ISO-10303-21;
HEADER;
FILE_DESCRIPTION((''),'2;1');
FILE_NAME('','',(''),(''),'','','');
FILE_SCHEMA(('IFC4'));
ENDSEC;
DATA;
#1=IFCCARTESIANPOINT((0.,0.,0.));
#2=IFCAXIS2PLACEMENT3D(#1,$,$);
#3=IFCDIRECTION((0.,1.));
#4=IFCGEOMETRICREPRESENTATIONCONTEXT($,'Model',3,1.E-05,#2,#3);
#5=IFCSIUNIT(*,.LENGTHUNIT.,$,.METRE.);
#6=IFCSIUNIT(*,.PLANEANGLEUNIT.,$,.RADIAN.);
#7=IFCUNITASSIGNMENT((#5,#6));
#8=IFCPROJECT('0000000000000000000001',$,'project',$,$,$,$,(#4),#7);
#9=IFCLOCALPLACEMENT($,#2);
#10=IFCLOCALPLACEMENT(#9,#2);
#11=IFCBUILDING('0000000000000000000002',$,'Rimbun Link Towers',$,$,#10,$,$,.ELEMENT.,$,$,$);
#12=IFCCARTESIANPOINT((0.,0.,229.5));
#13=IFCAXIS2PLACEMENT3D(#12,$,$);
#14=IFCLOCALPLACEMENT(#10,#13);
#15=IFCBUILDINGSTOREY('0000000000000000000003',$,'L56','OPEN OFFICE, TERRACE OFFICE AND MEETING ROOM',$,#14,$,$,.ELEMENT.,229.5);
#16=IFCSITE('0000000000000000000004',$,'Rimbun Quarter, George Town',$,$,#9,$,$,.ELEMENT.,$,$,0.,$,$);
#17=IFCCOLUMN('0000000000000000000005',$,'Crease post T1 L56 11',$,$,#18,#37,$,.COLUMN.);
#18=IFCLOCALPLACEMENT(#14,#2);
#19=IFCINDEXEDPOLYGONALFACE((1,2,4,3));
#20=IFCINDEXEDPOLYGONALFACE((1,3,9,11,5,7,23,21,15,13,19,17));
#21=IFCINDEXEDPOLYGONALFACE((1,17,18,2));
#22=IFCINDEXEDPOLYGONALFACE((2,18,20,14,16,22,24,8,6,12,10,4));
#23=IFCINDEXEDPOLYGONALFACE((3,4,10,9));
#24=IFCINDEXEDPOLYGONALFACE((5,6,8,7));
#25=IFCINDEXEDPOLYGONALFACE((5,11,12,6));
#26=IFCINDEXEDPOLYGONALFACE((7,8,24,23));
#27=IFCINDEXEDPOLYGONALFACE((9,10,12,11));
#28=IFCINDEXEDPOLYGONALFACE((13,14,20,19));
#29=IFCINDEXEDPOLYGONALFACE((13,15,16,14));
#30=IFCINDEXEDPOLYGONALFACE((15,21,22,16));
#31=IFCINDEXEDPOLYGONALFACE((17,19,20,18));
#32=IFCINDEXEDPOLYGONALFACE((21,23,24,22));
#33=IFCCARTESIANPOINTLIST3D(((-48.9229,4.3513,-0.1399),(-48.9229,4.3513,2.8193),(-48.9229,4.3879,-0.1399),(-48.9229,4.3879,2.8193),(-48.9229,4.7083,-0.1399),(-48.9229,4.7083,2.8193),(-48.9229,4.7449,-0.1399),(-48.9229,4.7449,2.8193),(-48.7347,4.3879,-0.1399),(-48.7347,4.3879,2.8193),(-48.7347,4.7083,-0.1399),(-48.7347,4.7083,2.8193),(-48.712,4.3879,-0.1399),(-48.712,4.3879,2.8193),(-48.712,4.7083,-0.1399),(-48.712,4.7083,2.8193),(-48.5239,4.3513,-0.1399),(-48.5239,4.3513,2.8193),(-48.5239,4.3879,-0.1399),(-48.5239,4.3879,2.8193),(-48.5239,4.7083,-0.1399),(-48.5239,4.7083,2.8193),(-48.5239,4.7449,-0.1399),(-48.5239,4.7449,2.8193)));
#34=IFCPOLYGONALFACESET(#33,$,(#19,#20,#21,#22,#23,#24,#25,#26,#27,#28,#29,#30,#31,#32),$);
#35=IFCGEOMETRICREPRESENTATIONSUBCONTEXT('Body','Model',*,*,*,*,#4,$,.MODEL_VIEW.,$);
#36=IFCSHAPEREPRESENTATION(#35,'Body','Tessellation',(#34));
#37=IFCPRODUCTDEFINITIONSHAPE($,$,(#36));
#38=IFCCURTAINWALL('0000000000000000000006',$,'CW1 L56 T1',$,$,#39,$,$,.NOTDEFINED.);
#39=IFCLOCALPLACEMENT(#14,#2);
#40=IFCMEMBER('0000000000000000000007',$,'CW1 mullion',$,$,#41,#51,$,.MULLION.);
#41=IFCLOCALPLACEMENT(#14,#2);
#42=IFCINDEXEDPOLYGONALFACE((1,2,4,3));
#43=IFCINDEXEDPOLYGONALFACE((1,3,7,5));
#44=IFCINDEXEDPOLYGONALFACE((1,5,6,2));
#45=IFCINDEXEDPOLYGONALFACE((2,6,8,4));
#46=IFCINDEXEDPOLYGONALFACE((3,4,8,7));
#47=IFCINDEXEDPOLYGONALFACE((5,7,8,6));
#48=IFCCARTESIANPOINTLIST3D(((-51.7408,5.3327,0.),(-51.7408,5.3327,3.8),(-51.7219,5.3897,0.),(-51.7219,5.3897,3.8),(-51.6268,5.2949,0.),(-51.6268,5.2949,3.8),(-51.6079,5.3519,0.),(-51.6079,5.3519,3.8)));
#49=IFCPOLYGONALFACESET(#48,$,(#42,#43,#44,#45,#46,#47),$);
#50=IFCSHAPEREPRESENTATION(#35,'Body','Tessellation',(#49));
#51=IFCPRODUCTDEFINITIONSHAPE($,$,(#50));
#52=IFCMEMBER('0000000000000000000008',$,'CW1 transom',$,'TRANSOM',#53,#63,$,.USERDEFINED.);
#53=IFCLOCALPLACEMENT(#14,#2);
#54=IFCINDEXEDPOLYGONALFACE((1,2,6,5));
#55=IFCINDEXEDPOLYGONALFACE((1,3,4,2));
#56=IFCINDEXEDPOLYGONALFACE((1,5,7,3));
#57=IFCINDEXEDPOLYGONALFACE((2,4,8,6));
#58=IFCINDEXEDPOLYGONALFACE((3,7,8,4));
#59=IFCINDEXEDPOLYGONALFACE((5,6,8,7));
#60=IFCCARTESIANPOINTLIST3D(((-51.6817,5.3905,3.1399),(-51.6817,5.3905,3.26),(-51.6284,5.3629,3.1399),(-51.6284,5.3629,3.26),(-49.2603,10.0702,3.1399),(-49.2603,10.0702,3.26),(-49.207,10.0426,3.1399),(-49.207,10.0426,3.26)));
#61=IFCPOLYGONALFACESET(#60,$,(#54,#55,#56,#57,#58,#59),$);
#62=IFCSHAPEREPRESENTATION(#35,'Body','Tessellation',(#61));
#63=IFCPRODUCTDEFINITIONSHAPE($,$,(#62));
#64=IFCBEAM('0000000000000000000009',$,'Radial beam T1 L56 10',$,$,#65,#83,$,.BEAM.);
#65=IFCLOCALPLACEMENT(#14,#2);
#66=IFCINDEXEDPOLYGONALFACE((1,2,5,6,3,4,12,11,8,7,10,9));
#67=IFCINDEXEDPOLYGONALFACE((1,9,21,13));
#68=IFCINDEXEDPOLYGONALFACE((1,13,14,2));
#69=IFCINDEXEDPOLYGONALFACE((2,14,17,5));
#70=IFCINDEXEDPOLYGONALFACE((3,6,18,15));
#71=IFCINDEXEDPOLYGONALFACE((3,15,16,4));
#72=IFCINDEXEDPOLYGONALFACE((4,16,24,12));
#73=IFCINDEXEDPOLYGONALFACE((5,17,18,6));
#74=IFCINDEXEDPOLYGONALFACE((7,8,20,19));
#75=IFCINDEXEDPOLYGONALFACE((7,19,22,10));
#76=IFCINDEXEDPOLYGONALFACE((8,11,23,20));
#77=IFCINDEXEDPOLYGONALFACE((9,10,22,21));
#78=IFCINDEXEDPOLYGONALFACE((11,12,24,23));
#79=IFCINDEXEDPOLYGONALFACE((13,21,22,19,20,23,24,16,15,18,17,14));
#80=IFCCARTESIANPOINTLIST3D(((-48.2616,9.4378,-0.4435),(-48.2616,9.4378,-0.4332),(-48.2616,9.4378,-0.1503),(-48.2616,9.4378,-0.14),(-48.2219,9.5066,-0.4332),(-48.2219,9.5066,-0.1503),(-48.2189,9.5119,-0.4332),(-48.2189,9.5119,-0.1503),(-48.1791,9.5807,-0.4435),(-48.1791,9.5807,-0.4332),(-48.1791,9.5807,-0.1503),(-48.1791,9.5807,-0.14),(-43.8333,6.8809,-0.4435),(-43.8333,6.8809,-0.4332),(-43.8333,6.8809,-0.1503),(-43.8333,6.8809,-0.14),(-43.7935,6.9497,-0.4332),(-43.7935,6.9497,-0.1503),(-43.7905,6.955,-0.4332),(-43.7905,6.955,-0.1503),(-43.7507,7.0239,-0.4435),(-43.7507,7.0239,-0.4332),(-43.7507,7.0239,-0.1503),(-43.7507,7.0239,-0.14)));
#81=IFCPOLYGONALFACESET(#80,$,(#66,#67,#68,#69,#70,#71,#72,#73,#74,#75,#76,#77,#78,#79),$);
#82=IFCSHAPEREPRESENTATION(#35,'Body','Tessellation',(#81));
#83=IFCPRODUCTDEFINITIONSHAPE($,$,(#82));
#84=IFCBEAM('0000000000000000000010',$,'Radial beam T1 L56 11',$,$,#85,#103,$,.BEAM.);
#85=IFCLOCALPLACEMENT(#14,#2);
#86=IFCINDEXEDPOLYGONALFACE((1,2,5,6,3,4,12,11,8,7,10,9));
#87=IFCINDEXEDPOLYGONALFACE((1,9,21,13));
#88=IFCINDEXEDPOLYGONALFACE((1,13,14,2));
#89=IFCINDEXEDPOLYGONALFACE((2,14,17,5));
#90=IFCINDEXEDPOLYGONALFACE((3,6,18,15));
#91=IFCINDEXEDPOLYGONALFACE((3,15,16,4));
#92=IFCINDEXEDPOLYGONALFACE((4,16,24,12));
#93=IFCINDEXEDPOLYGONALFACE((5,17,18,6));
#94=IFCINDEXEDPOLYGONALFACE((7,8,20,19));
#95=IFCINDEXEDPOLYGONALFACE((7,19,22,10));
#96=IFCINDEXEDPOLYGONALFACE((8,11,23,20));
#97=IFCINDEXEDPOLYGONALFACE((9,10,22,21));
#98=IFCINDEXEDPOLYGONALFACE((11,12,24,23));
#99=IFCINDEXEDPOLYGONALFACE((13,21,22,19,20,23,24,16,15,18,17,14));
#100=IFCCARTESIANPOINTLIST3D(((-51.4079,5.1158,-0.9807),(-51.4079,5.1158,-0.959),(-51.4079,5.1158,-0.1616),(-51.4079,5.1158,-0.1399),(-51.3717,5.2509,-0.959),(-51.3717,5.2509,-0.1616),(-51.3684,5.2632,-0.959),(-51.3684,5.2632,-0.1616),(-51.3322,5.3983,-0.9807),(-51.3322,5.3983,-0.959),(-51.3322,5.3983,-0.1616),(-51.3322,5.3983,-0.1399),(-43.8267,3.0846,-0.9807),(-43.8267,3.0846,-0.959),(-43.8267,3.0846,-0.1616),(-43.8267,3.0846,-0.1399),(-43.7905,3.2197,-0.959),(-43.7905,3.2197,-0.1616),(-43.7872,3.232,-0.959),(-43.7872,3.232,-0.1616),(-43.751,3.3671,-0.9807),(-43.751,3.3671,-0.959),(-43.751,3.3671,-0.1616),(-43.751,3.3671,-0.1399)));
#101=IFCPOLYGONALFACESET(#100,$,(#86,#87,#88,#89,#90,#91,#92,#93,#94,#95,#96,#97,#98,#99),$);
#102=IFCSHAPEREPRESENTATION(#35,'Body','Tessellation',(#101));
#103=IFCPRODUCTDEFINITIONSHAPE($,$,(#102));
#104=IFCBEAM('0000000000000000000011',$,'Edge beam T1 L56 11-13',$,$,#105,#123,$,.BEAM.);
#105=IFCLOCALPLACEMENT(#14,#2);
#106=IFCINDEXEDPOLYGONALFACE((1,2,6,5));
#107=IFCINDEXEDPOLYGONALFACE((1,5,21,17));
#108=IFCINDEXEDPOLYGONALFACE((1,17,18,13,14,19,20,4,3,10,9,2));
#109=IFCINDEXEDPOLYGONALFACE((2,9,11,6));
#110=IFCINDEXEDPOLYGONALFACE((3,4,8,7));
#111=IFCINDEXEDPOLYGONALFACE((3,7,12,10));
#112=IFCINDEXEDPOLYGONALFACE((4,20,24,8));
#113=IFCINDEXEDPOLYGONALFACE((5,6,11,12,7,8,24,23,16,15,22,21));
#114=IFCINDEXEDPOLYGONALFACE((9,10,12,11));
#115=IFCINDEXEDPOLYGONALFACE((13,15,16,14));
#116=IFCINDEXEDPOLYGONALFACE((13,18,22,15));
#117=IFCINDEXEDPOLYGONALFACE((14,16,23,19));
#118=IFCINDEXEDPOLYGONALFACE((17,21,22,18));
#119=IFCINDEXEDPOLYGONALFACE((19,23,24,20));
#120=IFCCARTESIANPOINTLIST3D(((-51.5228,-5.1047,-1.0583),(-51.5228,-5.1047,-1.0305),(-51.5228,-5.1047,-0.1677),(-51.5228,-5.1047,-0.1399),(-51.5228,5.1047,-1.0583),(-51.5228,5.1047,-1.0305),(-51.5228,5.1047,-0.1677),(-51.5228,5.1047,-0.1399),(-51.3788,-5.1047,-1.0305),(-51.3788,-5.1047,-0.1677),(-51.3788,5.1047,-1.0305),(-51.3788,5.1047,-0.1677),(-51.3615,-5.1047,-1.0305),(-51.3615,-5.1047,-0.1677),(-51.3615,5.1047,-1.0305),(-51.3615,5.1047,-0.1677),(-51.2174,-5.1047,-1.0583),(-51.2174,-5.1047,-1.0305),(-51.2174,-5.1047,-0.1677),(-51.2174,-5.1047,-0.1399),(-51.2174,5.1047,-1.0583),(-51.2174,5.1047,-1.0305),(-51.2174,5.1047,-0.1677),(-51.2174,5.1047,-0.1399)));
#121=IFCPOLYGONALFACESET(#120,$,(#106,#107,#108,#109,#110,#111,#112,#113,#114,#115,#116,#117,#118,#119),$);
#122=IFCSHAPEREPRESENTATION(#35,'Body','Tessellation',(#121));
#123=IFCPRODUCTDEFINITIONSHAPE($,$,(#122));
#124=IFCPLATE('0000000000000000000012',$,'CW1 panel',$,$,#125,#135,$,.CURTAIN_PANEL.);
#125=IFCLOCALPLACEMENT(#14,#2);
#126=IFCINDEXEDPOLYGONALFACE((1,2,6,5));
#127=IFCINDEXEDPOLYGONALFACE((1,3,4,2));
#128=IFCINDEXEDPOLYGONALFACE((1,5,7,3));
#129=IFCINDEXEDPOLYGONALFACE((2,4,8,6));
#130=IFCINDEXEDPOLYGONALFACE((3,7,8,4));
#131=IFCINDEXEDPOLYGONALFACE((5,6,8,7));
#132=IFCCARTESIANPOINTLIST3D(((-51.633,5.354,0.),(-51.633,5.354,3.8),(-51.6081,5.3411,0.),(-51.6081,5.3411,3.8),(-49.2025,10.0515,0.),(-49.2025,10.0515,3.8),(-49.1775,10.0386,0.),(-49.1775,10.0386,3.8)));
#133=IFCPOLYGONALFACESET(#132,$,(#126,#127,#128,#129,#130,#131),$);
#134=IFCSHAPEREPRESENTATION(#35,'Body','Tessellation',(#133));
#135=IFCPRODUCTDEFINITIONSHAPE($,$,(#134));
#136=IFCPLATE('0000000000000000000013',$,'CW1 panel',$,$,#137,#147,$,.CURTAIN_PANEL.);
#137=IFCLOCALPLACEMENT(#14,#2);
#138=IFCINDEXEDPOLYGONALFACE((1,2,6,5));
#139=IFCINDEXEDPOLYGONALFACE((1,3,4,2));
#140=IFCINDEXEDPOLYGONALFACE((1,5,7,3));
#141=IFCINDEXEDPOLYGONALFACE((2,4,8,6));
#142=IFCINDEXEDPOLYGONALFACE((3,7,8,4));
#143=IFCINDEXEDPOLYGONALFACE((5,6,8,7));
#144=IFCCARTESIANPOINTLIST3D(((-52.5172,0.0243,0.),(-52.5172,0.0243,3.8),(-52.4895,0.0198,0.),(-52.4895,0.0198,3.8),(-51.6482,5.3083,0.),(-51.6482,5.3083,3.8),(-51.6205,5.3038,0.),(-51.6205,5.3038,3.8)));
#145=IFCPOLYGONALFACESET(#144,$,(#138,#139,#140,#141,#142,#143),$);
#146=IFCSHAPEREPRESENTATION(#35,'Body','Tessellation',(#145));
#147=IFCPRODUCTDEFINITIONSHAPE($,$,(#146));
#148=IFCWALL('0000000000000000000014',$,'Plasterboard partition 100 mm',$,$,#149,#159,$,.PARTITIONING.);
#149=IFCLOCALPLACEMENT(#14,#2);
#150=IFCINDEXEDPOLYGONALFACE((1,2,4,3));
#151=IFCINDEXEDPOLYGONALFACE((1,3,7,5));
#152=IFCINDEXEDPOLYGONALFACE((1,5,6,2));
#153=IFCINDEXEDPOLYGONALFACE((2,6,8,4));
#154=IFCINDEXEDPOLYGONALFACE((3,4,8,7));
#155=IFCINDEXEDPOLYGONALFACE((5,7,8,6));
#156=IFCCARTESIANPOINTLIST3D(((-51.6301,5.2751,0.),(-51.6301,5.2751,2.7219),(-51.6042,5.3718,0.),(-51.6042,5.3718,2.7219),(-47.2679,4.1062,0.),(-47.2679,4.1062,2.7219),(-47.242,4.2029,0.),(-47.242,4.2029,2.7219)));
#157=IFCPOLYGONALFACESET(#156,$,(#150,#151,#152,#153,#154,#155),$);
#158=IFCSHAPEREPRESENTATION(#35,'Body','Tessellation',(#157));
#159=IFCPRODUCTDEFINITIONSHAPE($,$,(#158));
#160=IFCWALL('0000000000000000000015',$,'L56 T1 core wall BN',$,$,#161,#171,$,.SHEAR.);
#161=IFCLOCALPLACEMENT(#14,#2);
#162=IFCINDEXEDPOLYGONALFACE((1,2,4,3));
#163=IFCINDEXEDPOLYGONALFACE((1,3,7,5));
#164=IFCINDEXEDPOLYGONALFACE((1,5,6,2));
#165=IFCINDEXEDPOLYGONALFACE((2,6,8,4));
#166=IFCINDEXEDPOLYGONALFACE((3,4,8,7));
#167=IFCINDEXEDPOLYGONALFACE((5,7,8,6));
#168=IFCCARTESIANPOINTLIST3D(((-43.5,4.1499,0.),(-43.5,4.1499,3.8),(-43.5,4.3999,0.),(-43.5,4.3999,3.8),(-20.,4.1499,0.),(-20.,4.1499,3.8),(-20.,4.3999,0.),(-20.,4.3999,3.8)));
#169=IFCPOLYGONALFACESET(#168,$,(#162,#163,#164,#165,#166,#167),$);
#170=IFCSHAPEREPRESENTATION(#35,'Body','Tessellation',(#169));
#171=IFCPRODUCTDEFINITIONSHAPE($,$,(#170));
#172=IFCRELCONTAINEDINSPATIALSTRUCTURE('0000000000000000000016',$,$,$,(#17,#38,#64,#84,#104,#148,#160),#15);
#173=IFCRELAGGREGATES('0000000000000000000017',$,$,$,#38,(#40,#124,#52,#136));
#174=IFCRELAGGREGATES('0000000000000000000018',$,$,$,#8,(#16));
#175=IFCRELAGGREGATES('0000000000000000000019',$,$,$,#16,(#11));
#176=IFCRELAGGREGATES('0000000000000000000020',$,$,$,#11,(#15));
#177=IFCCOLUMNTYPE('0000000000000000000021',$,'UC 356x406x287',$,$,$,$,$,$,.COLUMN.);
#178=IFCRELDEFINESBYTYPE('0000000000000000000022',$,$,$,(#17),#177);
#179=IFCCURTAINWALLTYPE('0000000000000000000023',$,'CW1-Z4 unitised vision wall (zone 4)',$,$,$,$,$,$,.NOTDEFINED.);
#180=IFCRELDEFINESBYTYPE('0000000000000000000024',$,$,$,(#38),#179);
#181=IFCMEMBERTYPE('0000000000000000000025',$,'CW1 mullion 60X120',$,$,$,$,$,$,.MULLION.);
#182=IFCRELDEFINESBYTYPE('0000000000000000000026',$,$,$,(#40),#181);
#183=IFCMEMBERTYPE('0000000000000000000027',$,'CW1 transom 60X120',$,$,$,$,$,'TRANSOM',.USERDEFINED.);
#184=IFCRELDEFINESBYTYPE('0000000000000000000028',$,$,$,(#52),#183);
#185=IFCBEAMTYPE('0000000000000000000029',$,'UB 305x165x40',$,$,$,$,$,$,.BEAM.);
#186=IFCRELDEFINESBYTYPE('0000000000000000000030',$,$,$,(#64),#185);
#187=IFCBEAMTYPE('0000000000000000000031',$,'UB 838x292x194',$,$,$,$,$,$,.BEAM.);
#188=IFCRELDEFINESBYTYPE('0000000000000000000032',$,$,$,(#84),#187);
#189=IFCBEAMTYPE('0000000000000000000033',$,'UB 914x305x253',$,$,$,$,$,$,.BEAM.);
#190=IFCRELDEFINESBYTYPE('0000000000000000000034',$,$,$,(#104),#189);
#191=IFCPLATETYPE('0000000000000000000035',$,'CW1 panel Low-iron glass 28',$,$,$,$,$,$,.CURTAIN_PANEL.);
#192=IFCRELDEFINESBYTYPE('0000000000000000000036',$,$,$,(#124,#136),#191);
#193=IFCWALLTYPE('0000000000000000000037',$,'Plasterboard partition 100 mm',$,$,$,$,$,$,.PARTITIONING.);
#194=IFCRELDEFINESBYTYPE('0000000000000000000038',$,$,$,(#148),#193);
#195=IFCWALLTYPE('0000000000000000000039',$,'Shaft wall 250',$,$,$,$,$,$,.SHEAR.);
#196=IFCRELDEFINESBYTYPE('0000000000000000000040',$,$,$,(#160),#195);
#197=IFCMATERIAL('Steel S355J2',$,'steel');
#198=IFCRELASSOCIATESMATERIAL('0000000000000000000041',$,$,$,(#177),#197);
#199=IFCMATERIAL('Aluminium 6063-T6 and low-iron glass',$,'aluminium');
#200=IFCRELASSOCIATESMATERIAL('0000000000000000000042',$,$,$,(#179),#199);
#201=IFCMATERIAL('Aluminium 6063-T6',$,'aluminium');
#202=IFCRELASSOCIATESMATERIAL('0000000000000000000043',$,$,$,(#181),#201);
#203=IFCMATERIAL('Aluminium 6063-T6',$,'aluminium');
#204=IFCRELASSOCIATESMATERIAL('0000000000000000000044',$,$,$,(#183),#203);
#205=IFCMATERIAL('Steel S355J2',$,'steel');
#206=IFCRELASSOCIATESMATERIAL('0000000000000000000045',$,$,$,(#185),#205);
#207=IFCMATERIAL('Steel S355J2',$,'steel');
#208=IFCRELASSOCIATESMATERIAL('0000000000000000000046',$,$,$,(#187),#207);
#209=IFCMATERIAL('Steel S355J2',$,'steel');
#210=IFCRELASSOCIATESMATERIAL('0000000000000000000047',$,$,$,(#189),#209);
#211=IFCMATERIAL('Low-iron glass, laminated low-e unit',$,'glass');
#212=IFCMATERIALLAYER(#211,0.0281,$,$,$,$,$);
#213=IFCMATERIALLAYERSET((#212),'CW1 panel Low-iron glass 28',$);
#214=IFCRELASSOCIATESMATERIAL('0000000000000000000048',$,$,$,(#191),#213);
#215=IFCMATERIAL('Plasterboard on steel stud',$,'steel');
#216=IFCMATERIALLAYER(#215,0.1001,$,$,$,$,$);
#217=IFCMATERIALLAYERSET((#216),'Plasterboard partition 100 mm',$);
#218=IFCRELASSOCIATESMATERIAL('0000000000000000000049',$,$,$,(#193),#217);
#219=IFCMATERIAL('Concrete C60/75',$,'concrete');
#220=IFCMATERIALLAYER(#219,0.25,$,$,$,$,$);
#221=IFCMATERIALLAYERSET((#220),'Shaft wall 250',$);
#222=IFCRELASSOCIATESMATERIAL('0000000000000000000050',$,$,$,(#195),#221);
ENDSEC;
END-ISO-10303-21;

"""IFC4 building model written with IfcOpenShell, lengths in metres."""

from ifc_helpers import new_model, si_unit, direction, frame, frame_2d, origin, origin_2d, place, context, subcontext, project, spatial, rectangle, i_section, extrude, material, layer, layer_set, material_profile, profile_set, type_object, element, aggregate, save


model = new_model("IFC4")

# Units and contexts
model_context = context("Model", 3, precision=1e-05, world=origin(), true_north=direction((0.0, 1.0)))
body_context = subcontext(model_context, "Body", "Model", "MODEL_VIEW")
ifc_project = project(units=[si_unit("LENGTHUNIT", "METRE"), si_unit("PLANEANGLEUNIT", "RADIAN")], contexts=[model_context])

# Site, building, storey
site_placement = place(None, origin())
site = spatial("IfcSite", under=ifc_project, at=site_placement, Name="Rimbun Quarter, George Town", CompositionType="ELEMENT", RefElevation=0.0)
building_placement = place(site_placement, origin())
building = spatial("IfcBuilding", under=site, at=building_placement, Name="Rimbun Link Towers", CompositionType="ELEMENT")
storey_placement = place(building_placement, frame((0.0, 0.0, 229.5)))
storey = spatial("IfcBuildingStorey", under=building, at=storey_placement, Name="L56", Description="OPEN OFFICE, TERRACE OFFICE AND MEETING ROOM", CompositionType="ELEMENT", Elevation=229.5)

# Column
ifc_material_1 = material(Name="Steel S355J2", Category="steel")
ifc_material_profile_1 = material_profile(ifc_material_1, i_section(OverallWidth=0.3989, OverallDepth=0.3936, WebThickness=0.0227, FlangeThickness=0.0366, at=origin_2d()), Name="UC 356x406x287")
ifc_profile_set_1 = profile_set([ifc_material_profile_1], Name="Steel S355J2")
column_type = type_object("IfcColumnType", Name="UC 356x406x287", PredefinedType="COLUMN", material=ifc_profile_set_1)
column_placement = place(storey_placement, frame((-48.7234, 4.5481, -0.1399), z_axis=(0.0, 0.0, 1.0), x_axis=(1.0, 0.0, 0.0)))
element("IfcColumn", 1, at=column_placement, inside=storey, type_object=column_type, Name="Crease post T1 L56 11", PredefinedType="COLUMN", context=body_context, shape_type="SweptSolid", body=[
    extrude(i_section(OverallWidth=0.3989, OverallDepth=0.3936, WebThickness=0.0227, FlangeThickness=0.0366, at=origin_2d()), origin(), (0.0, 0.0, 1.0), 2.9592),
])

# Curtain wall, members
ifc_material_2 = material(Name="Aluminium 6063-T6 and low-iron glass", Category="aluminium")
curtain_wall_type = type_object("IfcCurtainWallType", Name="CW1-Z4 unitised vision wall (zone 4)", PredefinedType="NOTDEFINED", material=ifc_material_2)
curtain_wall_placement = place(storey_placement, origin())
curtain_wall = element("IfcCurtainWall", 2, at=curtain_wall_placement, inside=storey, type_object=curtain_wall_type, Name="CW1 L56 T1", PredefinedType="NOTDEFINED")
ifc_material_3 = material(Name="Aluminium 6063-T6", Category="aluminium")
ifc_material_profile_2 = material_profile(ifc_material_3, rectangle(XDim=0.1201, YDim=0.0601, at=origin_2d()), Name="MULLION 60X120")
ifc_profile_set_2 = profile_set([ifc_material_profile_2], Name="Aluminium 6063-T6")
member_type_1 = type_object("IfcMemberType", Name="CW1 mullion 60X120", PredefinedType="MULLION", material=ifc_profile_set_2)
member_1_placement = place(storey_placement, frame((-51.6743, 5.3423, 0.0), z_axis=(0.0, 0.0, 1.0), x_axis=(-0.949161, 0.31479, 0.0)))
member_1 = element("IfcMember", 3, at=member_1_placement, type_object=member_type_1, Name="CW1 mullion", PredefinedType="MULLION", context=body_context, shape_type="SweptSolid", body=[
    extrude(rectangle(XDim=0.1201, YDim=0.0601, at=origin_2d()), origin(), (0.0, 0.0, 1.0), 3.8),
])
ifc_material_4 = material(Name="Aluminium 6063-T6", Category="aluminium")
ifc_material_profile_3 = material_profile(ifc_material_4, rectangle(XDim=0.0601, YDim=0.1201, at=origin_2d()), Name="TRANSOM 60X120")
ifc_profile_set_3 = profile_set([ifc_material_profile_3], Name="Aluminium 6063-T6")
member_type_2 = type_object("IfcMemberType", Name="CW1 transom 60X120", ElementType="TRANSOM", PredefinedType="USERDEFINED", material=ifc_profile_set_3)
member_2_placement = place(storey_placement, frame((-51.655, 5.3767, 3.2), z_axis=(0.459551, 0.888151, 0.0), x_axis=(-0.888151, 0.459551, 0.0)))
member_2 = element("IfcMember", 4, at=member_2_placement, type_object=member_type_2, Name="CW1 transom", ObjectType="TRANSOM", PredefinedType="USERDEFINED", context=body_context, shape_type="SweptSolid", body=[
    extrude(rectangle(XDim=0.0601, YDim=0.1201, at=origin_2d()), origin(), (0.0, 0.0, 1.0), 5.269),
])

# Beams
ifc_material_5 = material(Name="Steel S355J2", Category="steel")
ifc_material_profile_4 = material_profile(ifc_material_5, i_section(OverallWidth=0.165, OverallDepth=0.3035, WebThickness=0.0061, FlangeThickness=0.0103, at=origin_2d()), Name="UB 305x165x40")
ifc_profile_set_4 = profile_set([ifc_material_profile_4], Name="Steel S355J2")
beam_type_1 = type_object("IfcBeamType", Name="UB 305x165x40", PredefinedType="BEAM", material=ifc_profile_set_4)
beam_1_placement = place(storey_placement, frame((-43.792, 6.9524, -0.2917), z_axis=(-0.866016, 0.500016, 0.0), x_axis=(-0.500016, -0.866016, 0.0)))
element("IfcBeam", 5, at=beam_1_placement, inside=storey, type_object=beam_type_1, Name="Radial beam T1 L56 10", PredefinedType="BEAM", context=body_context, shape_type="SweptSolid", body=[
    extrude(i_section(OverallWidth=0.165, OverallDepth=0.3035, WebThickness=0.0061, FlangeThickness=0.0103, at=origin_2d()), origin(), (0.0, 0.0, 1.0), 5.1135),
])
ifc_material_6 = material(Name="Steel S355J2", Category="steel")
ifc_material_profile_5 = material_profile(ifc_material_6, i_section(OverallWidth=0.2925, OverallDepth=0.8408, WebThickness=0.0127, FlangeThickness=0.0217, at=origin_2d()), Name="UB 838x292x194")
ifc_profile_set_5 = profile_set([ifc_material_profile_5], Name="Steel S355J2")
beam_type_2 = type_object("IfcBeamType", Name="UB 838x292x194", PredefinedType="BEAM", material=ifc_profile_set_5)
beam_2_placement = place(storey_placement, frame((-43.7888, 3.2258, -0.5603), z_axis=(-0.965931, 0.258801, 0.0), x_axis=(-0.258801, -0.965931, 0.0)))
element("IfcBeam", 6, at=beam_2_placement, inside=storey, type_object=beam_type_2, Name="Radial beam T1 L56 11", PredefinedType="BEAM", context=body_context, shape_type="SweptSolid", body=[
    extrude(i_section(OverallWidth=0.2925, OverallDepth=0.8408, WebThickness=0.0127, FlangeThickness=0.0217, at=origin_2d()), origin(), (0.0, 0.0, 1.0), 7.8486),
])
ifc_material_7 = material(Name="Steel S355J2", Category="steel")
ifc_material_profile_6 = material_profile(ifc_material_7, i_section(OverallWidth=0.3054, OverallDepth=0.9185, WebThickness=0.0173, FlangeThickness=0.0278, at=origin_2d()), Name="UB 914x305x253")
ifc_profile_set_6 = profile_set([ifc_material_profile_6], Name="Steel S355J2")
beam_type_3 = type_object("IfcBeamType", Name="UB 914x305x253", PredefinedType="BEAM", material=ifc_profile_set_6)
beam_3_placement = place(storey_placement, frame((-51.3701, 5.1047, -0.5991), z_axis=(0.0, -1.0, 0.0), x_axis=(1.0, 0.0, 0.0)))
element("IfcBeam", 7, at=beam_3_placement, inside=storey, type_object=beam_type_3, Name="Edge beam T1 L56 11-13", PredefinedType="BEAM", context=body_context, shape_type="SweptSolid", body=[
    extrude(i_section(OverallWidth=0.3054, OverallDepth=0.9185, WebThickness=0.0173, FlangeThickness=0.0278, at=origin_2d()), origin(), (0.0, 0.0, 1.0), 10.2095),
])

# Plates
ifc_material_8 = material(Name="Low-iron glass, laminated low-e unit", Category="glass")
ifc_layer_1 = layer(ifc_material_8, 0.0281)
ifc_layer_set_1 = layer_set([ifc_layer_1], Name="CW1 panel Low-iron glass 28")
plate_type = type_object("IfcPlateType", Name="CW1 panel Low-iron glass 28", PredefinedType="CURTAIN_PANEL", material=ifc_layer_set_1)
plate_1_placement = place(storey_placement, frame((-50.4053, 7.6963, 0.0), z_axis=(0.0, 0.0, 1.0), x_axis=(0.459548, 0.888153, 0.0)))
plate_1 = element("IfcPlate", 8, at=plate_1_placement, type_object=plate_type, Name="CW1 panel", PredefinedType="CURTAIN_PANEL", context=body_context, shape_type="SweptSolid", body=[
    extrude(rectangle(XDim=5.2891, YDim=0.0281, at=origin_2d()), origin(), (0.0, 0.0, 1.0), 3.8),
])
plate_2_placement = place(storey_placement, frame((-52.0688, 2.6641, 0.0), z_axis=(0.0, 0.0, 1.0), x_axis=(0.162264, 0.986747, 0.0)))
plate_2 = element("IfcPlate", 9, at=plate_2_placement, type_object=plate_type, Name="CW1 panel", PredefinedType="CURTAIN_PANEL", context=body_context, shape_type="SweptSolid", body=[
    extrude(rectangle(XDim=5.355, YDim=0.0281, at=origin_2d()), origin(), (0.0, 0.0, 1.0), 3.8),
])
aggregate(curtain_wall, [member_1, plate_1, member_2, plate_2])

# Walls
ifc_material_9 = material(Name="Plasterboard on steel stud", Category="steel")
ifc_layer_2 = layer(ifc_material_9, 0.1001)
ifc_layer_set_2 = layer_set([ifc_layer_2], Name="Plasterboard partition 100 mm")
wall_type_1 = type_object("IfcWallType", Name="Plasterboard partition 100 mm", PredefinedType="PARTITIONING", material=ifc_layer_set_2)
wall_1_placement = place(storey_placement, frame((-51.6172, 5.3235, 0.0), z_axis=(0.0, 0.0, 1.0), x_axis=(0.965922, -0.258833, 0.0)))
element("IfcWall", 10, at=wall_1_placement, inside=storey, type_object=wall_type_1, Name="Plasterboard partition 100 mm", PredefinedType="PARTITIONING", context=body_context, shape_type="SweptSolid", body=[
    extrude(rectangle(XDim=4.5161, YDim=0.1001, at=frame_2d((2.2581, 0.0))), origin(), (0.0, 0.0, 1.0), 2.7219),
])
ifc_material_10 = material(Name="Concrete C60/75", Category="concrete")
ifc_layer_3 = layer(ifc_material_10, 0.25)
ifc_layer_set_3 = layer_set([ifc_layer_3], Name="Shaft wall 250")
wall_type_2 = type_object("IfcWallType", Name="Shaft wall 250", PredefinedType="SHEAR", material=ifc_layer_set_3)
wall_2_placement = place(storey_placement, frame((-43.5, 4.2749, 0.0), z_axis=(0.0, 0.0, 1.0), x_axis=(1.0, 0.0, 0.0)))
element("IfcWall", 11, at=wall_2_placement, inside=storey, type_object=wall_type_2, Name="L56 T1 core wall BN", PredefinedType="SHEAR", context=body_context, shape_type="SweptSolid", body=[
    extrude(rectangle(XDim=23.5, YDim=0.25, at=frame_2d((11.75, 0.0))), origin(), (0.0, 0.0, 1.0), 3.8),
])

save(model, "model.ifc")
